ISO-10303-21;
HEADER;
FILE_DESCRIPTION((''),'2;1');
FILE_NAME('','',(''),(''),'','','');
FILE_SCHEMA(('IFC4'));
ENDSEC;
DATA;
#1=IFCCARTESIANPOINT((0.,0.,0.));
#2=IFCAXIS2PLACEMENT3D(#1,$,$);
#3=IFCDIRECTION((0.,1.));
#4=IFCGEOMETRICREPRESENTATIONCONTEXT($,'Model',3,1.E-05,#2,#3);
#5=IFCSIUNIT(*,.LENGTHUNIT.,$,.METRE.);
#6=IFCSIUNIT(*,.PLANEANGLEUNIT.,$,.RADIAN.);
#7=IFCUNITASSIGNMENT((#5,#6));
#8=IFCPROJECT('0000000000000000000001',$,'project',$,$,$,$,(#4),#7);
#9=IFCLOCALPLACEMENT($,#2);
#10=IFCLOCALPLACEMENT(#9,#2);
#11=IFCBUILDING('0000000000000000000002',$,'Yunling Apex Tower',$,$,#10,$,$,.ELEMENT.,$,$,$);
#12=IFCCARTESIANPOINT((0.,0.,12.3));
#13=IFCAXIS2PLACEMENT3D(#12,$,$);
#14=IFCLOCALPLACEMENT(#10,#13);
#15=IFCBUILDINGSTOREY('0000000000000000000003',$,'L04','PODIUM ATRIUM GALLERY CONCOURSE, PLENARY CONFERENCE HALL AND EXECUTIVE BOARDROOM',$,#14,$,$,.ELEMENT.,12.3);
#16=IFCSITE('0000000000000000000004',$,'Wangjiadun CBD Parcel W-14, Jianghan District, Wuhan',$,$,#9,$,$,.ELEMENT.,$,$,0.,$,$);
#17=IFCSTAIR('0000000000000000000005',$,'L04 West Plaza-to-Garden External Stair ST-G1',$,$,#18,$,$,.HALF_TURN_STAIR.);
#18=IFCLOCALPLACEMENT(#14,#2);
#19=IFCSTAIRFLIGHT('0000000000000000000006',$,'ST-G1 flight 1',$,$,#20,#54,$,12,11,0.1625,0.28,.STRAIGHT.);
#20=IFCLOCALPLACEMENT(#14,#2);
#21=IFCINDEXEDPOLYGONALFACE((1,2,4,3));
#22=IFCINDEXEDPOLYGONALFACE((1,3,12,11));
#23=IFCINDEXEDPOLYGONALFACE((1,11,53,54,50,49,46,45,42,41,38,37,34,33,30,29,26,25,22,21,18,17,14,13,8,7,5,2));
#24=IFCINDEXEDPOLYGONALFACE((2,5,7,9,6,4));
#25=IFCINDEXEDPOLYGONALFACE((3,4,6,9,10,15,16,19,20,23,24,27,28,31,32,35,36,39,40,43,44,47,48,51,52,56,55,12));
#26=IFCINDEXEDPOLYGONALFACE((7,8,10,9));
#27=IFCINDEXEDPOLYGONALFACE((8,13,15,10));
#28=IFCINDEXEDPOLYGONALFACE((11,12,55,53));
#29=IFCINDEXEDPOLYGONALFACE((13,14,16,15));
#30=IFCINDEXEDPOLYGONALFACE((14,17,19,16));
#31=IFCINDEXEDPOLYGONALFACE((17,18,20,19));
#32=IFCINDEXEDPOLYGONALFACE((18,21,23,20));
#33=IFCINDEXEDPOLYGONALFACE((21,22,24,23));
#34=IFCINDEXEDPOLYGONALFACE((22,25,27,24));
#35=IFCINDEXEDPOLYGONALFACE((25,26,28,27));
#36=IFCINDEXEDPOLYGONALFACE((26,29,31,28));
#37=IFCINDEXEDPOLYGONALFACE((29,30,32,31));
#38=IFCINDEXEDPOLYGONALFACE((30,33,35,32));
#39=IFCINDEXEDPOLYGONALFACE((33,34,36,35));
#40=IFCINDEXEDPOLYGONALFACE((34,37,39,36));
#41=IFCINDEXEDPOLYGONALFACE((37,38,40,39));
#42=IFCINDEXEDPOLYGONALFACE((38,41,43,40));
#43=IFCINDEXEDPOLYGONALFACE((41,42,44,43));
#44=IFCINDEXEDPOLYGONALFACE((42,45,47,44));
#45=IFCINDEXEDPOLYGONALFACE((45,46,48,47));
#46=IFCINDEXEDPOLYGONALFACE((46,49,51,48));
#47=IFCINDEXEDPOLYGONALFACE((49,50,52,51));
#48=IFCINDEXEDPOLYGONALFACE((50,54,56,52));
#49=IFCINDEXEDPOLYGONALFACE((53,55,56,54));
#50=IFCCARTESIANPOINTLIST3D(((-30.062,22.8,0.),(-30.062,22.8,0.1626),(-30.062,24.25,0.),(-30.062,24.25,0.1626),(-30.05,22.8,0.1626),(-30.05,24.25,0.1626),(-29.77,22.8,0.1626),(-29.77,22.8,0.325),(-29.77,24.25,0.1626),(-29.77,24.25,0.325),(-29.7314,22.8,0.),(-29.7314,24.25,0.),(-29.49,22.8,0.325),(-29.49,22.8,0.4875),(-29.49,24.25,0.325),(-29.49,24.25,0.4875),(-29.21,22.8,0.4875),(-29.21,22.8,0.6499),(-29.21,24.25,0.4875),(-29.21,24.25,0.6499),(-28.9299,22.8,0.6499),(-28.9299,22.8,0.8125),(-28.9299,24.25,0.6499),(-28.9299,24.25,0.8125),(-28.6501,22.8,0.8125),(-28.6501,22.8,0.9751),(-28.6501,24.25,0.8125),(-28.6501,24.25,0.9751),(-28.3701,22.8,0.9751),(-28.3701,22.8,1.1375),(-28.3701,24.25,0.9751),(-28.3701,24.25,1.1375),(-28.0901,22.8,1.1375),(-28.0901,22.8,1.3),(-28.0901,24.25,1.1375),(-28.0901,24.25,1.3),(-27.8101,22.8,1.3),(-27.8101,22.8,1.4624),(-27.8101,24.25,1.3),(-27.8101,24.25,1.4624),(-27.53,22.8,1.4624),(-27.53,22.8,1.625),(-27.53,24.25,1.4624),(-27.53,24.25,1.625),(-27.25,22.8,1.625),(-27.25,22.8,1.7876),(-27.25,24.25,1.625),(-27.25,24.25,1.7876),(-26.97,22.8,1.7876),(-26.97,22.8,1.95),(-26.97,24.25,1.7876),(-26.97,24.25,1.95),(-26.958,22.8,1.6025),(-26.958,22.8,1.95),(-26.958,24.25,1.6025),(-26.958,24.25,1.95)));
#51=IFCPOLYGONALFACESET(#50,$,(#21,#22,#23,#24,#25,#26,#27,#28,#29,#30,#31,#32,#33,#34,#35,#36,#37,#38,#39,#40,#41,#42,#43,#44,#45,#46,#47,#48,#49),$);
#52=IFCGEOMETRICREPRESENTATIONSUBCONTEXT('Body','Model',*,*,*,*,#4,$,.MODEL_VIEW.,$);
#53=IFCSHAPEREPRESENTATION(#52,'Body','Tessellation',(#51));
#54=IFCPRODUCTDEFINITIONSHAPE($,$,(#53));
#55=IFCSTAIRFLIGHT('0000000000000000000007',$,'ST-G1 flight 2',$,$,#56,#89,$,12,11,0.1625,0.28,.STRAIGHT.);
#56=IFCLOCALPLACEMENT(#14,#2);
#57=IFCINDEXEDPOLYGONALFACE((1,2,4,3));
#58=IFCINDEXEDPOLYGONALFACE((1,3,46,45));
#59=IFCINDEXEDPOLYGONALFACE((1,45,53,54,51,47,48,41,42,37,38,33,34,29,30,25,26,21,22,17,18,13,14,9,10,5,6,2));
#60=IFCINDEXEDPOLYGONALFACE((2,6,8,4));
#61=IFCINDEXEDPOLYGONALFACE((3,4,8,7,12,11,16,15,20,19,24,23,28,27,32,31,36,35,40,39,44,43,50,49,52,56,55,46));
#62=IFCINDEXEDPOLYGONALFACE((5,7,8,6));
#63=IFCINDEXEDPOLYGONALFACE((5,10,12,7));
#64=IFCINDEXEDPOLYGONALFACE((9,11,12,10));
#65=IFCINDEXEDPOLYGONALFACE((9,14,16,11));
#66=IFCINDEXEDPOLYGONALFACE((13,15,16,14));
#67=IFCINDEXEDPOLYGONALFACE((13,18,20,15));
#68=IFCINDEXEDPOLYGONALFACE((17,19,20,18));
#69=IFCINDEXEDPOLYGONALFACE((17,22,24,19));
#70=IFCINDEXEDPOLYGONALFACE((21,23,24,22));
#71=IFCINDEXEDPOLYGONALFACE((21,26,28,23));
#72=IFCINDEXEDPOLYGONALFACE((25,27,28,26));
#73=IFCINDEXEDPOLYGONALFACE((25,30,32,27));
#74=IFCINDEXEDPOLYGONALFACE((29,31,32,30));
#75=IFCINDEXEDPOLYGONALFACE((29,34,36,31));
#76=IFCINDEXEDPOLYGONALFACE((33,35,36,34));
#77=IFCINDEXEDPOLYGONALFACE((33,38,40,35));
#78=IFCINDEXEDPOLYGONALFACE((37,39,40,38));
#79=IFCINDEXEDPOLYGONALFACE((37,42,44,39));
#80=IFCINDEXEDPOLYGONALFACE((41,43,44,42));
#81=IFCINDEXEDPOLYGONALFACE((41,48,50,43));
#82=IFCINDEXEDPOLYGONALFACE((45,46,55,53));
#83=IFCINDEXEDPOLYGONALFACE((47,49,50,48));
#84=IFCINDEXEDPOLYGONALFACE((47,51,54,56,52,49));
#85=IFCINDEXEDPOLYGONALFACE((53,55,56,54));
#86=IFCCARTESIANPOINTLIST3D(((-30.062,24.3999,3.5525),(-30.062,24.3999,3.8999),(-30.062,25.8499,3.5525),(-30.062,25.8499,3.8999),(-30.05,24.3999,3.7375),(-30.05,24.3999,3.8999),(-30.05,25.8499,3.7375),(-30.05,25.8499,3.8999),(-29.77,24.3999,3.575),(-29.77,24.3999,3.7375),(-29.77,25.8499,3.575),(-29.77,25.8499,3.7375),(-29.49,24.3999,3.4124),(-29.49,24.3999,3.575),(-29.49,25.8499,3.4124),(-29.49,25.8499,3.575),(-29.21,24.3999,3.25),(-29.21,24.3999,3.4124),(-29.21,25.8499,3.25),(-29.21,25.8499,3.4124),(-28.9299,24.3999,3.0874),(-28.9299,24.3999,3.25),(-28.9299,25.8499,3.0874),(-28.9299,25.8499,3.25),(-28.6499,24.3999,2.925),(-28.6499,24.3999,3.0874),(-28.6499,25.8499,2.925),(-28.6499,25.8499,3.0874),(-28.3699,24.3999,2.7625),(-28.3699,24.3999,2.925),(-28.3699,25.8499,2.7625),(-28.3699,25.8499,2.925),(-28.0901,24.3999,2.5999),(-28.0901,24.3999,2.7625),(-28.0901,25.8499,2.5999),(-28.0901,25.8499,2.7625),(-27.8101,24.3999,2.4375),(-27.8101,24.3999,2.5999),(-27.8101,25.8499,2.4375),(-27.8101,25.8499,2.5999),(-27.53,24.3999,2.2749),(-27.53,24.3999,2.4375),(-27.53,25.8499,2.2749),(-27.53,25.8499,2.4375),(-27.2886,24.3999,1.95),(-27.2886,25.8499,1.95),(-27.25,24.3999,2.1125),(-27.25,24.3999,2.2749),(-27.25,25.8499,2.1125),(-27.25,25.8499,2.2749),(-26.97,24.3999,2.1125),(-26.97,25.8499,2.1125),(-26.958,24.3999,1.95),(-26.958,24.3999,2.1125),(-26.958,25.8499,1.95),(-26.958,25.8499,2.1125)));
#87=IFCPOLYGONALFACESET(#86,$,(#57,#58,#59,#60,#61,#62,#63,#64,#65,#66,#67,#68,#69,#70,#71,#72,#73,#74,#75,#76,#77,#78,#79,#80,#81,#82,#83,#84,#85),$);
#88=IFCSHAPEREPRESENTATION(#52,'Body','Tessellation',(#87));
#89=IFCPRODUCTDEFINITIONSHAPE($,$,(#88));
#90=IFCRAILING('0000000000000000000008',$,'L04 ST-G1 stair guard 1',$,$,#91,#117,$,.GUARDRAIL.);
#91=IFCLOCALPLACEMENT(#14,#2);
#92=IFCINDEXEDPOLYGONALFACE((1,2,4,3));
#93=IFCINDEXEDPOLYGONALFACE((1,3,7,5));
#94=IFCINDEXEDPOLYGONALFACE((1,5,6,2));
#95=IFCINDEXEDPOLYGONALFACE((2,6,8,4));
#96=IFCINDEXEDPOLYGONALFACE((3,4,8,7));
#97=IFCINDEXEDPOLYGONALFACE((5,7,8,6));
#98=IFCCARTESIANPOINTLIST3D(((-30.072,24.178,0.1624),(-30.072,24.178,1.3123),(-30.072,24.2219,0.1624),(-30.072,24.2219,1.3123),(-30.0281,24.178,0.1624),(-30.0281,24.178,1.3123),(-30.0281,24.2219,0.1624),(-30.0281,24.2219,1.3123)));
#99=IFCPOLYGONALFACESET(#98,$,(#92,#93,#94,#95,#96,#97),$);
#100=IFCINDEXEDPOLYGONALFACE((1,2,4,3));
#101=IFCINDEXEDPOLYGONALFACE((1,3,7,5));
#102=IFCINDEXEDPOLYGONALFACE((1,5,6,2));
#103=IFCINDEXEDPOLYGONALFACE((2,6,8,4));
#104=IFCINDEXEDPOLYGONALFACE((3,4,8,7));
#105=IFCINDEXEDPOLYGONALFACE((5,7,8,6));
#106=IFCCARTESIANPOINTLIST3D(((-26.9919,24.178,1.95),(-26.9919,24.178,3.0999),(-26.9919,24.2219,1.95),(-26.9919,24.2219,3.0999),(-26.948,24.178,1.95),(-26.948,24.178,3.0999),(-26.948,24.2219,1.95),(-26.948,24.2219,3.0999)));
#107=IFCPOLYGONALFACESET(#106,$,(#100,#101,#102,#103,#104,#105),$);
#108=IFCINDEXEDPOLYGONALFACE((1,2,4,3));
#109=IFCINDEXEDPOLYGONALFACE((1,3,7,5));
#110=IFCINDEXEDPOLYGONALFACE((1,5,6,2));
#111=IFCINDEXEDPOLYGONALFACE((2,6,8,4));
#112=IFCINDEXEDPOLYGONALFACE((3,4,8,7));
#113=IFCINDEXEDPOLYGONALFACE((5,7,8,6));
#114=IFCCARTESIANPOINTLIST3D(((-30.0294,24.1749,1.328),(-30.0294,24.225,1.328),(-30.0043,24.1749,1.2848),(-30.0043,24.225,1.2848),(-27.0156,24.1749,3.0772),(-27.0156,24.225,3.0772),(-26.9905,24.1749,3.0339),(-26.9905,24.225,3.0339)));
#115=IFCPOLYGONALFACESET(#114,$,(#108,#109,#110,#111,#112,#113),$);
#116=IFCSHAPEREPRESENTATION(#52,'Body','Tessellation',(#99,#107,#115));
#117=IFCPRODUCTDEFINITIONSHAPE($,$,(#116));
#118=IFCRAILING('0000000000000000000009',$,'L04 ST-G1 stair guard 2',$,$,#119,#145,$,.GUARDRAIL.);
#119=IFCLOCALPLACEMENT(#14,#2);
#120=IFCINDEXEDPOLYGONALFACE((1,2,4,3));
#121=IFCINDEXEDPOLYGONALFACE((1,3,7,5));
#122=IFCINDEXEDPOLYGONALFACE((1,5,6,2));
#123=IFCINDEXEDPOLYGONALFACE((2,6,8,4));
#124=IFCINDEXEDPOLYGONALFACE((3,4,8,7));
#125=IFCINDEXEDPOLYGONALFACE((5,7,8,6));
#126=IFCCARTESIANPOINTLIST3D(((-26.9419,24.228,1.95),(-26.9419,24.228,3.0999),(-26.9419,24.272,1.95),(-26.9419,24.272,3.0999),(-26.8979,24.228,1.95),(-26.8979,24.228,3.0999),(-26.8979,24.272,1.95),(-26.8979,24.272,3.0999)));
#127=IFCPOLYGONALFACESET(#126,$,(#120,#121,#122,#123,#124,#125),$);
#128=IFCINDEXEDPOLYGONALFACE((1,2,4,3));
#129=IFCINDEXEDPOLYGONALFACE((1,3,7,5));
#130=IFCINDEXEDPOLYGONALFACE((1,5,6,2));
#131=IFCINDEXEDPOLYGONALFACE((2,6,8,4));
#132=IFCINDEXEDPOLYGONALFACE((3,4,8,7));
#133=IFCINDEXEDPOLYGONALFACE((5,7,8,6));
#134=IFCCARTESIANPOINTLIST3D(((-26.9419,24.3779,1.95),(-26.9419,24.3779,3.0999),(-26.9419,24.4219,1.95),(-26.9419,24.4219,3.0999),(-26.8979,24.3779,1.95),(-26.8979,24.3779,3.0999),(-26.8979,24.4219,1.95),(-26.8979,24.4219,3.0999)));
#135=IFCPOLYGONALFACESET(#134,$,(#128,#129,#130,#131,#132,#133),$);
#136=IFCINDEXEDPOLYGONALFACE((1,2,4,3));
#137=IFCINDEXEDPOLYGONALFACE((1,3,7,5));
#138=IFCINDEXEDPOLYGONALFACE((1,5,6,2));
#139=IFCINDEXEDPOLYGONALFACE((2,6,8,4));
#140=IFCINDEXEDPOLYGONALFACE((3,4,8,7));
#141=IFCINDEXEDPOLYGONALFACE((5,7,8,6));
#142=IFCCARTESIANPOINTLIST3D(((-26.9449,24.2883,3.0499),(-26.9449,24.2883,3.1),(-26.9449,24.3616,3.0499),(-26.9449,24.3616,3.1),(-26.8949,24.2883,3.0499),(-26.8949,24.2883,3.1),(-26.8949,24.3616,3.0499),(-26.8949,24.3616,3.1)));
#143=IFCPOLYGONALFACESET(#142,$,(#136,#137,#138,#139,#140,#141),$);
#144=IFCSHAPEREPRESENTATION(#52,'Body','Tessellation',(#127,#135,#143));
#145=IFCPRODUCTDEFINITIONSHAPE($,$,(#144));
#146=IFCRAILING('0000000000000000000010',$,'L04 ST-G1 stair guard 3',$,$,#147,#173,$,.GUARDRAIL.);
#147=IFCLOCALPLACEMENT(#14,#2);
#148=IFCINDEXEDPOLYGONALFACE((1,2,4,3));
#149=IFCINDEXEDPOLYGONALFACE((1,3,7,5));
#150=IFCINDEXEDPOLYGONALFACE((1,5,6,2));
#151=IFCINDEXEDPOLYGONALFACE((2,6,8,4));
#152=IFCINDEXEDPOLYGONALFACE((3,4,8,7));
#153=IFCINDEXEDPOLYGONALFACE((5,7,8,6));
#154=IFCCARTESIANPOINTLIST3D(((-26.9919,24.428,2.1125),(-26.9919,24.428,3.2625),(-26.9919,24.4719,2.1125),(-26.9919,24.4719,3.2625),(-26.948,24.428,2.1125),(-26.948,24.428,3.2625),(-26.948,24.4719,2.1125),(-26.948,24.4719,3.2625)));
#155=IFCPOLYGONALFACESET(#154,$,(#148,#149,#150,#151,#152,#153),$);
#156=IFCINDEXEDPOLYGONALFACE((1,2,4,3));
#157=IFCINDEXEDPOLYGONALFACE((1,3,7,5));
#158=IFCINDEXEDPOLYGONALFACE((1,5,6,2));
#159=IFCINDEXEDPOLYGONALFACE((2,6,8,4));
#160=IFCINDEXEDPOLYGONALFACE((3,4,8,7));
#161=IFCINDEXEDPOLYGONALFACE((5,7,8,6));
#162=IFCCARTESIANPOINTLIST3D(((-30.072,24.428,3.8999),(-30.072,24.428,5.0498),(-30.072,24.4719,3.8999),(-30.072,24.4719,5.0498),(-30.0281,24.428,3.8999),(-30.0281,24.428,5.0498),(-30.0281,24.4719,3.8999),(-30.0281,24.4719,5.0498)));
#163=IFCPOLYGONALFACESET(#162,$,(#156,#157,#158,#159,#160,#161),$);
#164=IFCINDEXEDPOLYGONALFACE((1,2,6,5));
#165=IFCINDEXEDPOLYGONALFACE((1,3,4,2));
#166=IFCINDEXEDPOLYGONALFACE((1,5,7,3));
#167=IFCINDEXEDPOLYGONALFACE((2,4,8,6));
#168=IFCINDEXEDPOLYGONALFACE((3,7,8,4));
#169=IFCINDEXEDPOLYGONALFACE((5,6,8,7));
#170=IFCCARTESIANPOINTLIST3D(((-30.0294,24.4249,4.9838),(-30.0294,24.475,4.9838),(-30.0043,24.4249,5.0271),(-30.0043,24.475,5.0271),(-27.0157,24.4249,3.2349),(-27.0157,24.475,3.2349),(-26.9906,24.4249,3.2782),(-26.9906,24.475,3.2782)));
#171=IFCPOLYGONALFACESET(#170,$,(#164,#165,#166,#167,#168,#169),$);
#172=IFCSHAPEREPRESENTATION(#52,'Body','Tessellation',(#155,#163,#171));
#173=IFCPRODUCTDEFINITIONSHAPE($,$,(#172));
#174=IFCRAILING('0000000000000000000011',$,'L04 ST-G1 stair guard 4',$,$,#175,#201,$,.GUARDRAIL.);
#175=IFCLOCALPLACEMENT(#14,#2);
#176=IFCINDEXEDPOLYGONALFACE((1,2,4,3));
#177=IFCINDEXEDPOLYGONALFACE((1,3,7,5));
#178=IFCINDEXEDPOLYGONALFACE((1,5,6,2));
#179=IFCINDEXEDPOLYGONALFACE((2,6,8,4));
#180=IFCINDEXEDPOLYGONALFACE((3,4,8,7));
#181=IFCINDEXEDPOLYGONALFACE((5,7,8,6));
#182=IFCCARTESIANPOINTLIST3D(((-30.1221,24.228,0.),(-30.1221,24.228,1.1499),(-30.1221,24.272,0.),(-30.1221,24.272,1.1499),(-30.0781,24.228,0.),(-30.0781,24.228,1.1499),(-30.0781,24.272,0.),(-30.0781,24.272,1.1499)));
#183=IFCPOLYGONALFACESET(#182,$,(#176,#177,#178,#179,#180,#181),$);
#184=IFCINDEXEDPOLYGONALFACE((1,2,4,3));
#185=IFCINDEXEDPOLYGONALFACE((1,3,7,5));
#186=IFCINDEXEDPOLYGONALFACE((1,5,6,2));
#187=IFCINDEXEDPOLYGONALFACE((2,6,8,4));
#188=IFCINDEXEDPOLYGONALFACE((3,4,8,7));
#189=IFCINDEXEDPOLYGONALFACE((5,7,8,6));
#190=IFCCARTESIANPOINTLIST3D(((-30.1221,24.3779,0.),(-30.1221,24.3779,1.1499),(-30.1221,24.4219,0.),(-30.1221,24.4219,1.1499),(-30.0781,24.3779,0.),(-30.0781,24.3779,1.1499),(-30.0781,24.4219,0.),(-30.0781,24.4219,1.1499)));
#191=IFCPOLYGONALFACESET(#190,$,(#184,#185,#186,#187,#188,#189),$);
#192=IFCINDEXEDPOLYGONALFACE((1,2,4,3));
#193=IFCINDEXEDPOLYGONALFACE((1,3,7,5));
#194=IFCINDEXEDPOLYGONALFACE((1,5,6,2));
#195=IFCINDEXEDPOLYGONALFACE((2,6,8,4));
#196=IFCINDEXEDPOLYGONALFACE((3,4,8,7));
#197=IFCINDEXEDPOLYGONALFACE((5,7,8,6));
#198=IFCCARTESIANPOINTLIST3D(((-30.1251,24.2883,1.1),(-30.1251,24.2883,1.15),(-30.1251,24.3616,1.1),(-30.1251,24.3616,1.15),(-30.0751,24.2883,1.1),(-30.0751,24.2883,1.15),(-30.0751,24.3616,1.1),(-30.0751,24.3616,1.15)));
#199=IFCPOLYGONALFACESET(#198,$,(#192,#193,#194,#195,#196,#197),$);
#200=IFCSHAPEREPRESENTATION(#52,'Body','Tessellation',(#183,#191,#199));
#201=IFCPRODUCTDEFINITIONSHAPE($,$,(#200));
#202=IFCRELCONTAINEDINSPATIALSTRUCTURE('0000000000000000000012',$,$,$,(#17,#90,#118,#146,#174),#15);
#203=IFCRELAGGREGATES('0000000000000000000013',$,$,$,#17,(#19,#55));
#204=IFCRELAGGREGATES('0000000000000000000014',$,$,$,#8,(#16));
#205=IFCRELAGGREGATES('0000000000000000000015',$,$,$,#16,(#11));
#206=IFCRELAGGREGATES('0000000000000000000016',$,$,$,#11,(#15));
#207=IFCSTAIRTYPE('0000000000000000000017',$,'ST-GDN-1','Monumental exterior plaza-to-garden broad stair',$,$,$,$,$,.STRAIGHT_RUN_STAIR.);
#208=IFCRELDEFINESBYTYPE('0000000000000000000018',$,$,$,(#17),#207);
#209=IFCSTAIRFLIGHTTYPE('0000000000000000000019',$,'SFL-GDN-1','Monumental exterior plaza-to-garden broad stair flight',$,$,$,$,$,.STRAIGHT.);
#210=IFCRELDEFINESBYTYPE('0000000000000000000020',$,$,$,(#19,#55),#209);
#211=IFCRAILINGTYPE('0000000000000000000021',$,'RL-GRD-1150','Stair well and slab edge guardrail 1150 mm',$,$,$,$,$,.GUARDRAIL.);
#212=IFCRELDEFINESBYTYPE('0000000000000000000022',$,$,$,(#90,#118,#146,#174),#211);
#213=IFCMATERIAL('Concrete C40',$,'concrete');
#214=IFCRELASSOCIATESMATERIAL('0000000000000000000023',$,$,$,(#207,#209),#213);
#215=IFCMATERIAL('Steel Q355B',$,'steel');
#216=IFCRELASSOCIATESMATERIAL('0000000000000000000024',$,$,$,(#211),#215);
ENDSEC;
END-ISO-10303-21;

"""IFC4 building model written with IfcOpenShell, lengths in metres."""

from ifc_helpers import new_model, si_unit, direction, frame, origin, origin_2d, place, context, subcontext, project, spatial, polyline, rectangle, outline, extrude, material, type_object, element, aggregate, save


model = new_model("IFC4")

# Units and contexts
model_context = context("Model", 3, precision=1e-05, world=origin(), true_north=direction((0.0, 1.0)))
body_context = subcontext(model_context, "Body", "Model", "MODEL_VIEW")
ifc_project = project(units=[si_unit("LENGTHUNIT", "METRE"), si_unit("PLANEANGLEUNIT", "RADIAN")], contexts=[model_context])

# Site, building, storey
site_placement = place(None, origin())
site = spatial("IfcSite", under=ifc_project, at=site_placement, Name="Wangjiadun CBD Parcel W-14, Jianghan District, Wuhan", CompositionType="ELEMENT", RefElevation=0.0)
building_placement = place(site_placement, origin())
building = spatial("IfcBuilding", under=site, at=building_placement, Name="Yunling Apex Tower", CompositionType="ELEMENT")
storey_placement = place(building_placement, frame((0.0, 0.0, 12.3)))
storey = spatial("IfcBuildingStorey", under=building, at=storey_placement, Name="L04", Description="PODIUM ATRIUM GALLERY CONCOURSE, PLENARY CONFERENCE HALL AND EXECUTIVE BOARDROOM", CompositionType="ELEMENT", Elevation=12.3)

# Shared definitions
ifc_material_1 = material(Name="Steel Q355B", Category="steel")

# Shared definitions
ifc_material_2 = material(Name="Concrete C40", Category="concrete")

# Stair, stair flights
stair_type = type_object("IfcStairType", Name="ST-GDN-1", Description="Monumental exterior plaza-to-garden broad stair", PredefinedType="STRAIGHT_RUN_STAIR", material=ifc_material_2)
stair_placement = place(storey_placement, origin())
stair = element("IfcStair", 1, at=stair_placement, inside=storey, type_object=stair_type, Name="L04 West Plaza-to-Garden External Stair ST-G1", PredefinedType="HALF_TURN_STAIR")
stair_flight_type = type_object("IfcStairFlightType", Name="SFL-GDN-1", Description="Monumental exterior plaza-to-garden broad stair flight", PredefinedType="STRAIGHT", material=ifc_material_2)
stair_flight_1_placement = place(storey_placement, frame((-30.05, 23.5249, 0.0), z_axis=(0.0, 0.0, 1.0), x_axis=(1.0, 0.0, 0.0)))
stair_flight_1 = element("IfcStairFlight", 2, at=stair_flight_1_placement, type_object=stair_flight_type, Name="ST-G1 flight 1", NumberOfRisers=12, NumberOfTreads=11, PredefinedType="STRAIGHT", RiserHeight=0.1625, TreadLength=0.28, context=body_context, shape_type="SweptSolid", body=[
    extrude(outline(polyline([(-0.012, 0.0), (-0.012, 0.1626), (0.0, 0.1626), (0.28, 0.1626), (0.28, 0.325), (0.5601, 0.325), (0.5601, 0.4875), (0.8401, 0.4875), (0.8401, 0.6499), (1.1201, 0.6499), (1.1201, 0.8125), (1.3999, 0.8125), (1.3999, 0.9751), (1.6799, 0.9751), (1.6799, 1.1375), (1.96, 1.1375), (1.96, 1.3), (2.24, 1.3), (2.24, 1.4624), (2.52, 1.4624), (2.52, 1.625), (2.8, 1.625), (2.8, 1.7876), (3.0801, 1.7876), (3.0801, 1.95), (3.092, 1.95), (3.092, 1.6025), (0.3186, 0.0), (-0.012, 0.0)])), frame((0.0, 0.7251, 0.0), z_axis=(0.0, -1.0, 0.0), x_axis=(1.0, 0.0, 0.0)), (0.0, 0.0, 1.0), 1.45),
])
stair_flight_2_placement = place(storey_placement, frame((-26.97, 25.125, 1.95), z_axis=(0.0, 0.0, 1.0), x_axis=(-1.0, 0.0, 0.0)))
stair_flight_2 = element("IfcStairFlight", 3, at=stair_flight_2_placement, type_object=stair_flight_type, Name="ST-G1 flight 2", NumberOfRisers=12, NumberOfTreads=11, PredefinedType="STRAIGHT", RiserHeight=0.1625, TreadLength=0.28, context=body_context, shape_type="SweptSolid", body=[
    extrude(outline(polyline([(-0.012, 0.0), (-0.012, 0.1626), (0.0, 0.1626), (0.28, 0.1626), (0.28, 0.325), (0.5601, 0.325), (0.5601, 0.4875), (0.8401, 0.4875), (0.8401, 0.6499), (1.1201, 0.6499), (1.1201, 0.8125), (1.3999, 0.8125), (1.3999, 0.9751), (1.6799, 0.9751), (1.6799, 1.1375), (1.96, 1.1375), (1.96, 1.3), (2.24, 1.3), (2.24, 1.4624), (2.52, 1.4624), (2.52, 1.625), (2.8, 1.625), (2.8, 1.7876), (3.0801, 1.7876), (3.0801, 1.95), (3.092, 1.95), (3.092, 1.6025), (0.3186, 0.0), (-0.012, 0.0)])), frame((0.0, 0.7251, 0.0), z_axis=(0.0, -1.0, 0.0), x_axis=(1.0, 0.0, 0.0)), (0.0, 0.0, 1.0), 1.45),
])
aggregate(stair, [stair_flight_1, stair_flight_2])

# Railings
railing_type_1 = type_object("IfcRailingType", Name="RL-GRD-1150", Description="Stair well and slab edge guardrail 1150 mm", PredefinedType="GUARDRAIL", material=ifc_material_1)
railing_1_placement = place(storey_placement, frame((-30.05, 24.2, 0.1624)))
element("IfcRailing", 4, at=railing_1_placement, inside=storey, type_object=railing_type_1, Name="L04 ST-G1 stair guard 1", PredefinedType="GUARDRAIL", context=body_context, shape_type="SweptSolid", body=[
    extrude(rectangle(XDim=0.0439, YDim=0.0439, at=origin_2d()), origin(), (0.0, 0.0, 1.0), 1.1499),
    extrude(rectangle(XDim=0.0439, YDim=0.0439, at=origin_2d()), frame((3.0801, 0.0, 1.7876)), (0.0, 0.0, 1.0), 1.1499),
    extrude(rectangle(XDim=0.05, YDim=0.05, at=origin_2d()), frame((0.0332, 0.0, 1.144), z_axis=(0.864891, 0.0, 0.50196), x_axis=(0.0, 1.0, 0.0)), (0.0, 0.0, 1.0), 3.4846),
])
railing_2_placement = place(storey_placement, frame((-26.9199, 24.25, 1.95)))
element("IfcRailing", 5, at=railing_2_placement, inside=storey, type_object=railing_type_1, Name="L04 ST-G1 stair guard 2", PredefinedType="GUARDRAIL", context=body_context, shape_type="SweptSolid", body=[
    extrude(rectangle(XDim=0.0439, YDim=0.0439, at=origin_2d()), origin(), (0.0, 0.0, 1.0), 1.1499),
    extrude(rectangle(XDim=0.0439, YDim=0.0439, at=origin_2d()), frame((0.0, 0.1499, 0.0)), (0.0, 0.0, 1.0), 1.1499),
    extrude(rectangle(XDim=0.05, YDim=0.05, at=origin_2d()), frame((0.0, 0.0383, 1.125), z_axis=(0.0, 1.0, 0.0), x_axis=(-1.0, 0.0, 0.0)), (0.0, 0.0, 1.0), 0.0732),
])
railing_3_placement = place(storey_placement, frame((-26.97, 24.45, 2.1125)))
element("IfcRailing", 6, at=railing_3_placement, inside=storey, type_object=railing_type_1, Name="L04 ST-G1 stair guard 3", PredefinedType="GUARDRAIL", context=body_context, shape_type="SweptSolid", body=[
    extrude(rectangle(XDim=0.0439, YDim=0.0439, at=origin_2d()), origin(), (0.0, 0.0, 1.0), 1.1499),
    extrude(rectangle(XDim=0.0439, YDim=0.0439, at=origin_2d()), frame((-3.0801, 0.0, 1.7874)), (0.0, 0.0, 1.0), 1.1499),
    extrude(rectangle(XDim=0.05, YDim=0.05, at=origin_2d()), frame((-0.0332, 0.0, 1.144), z_axis=(-0.86492, 0.0, 0.501909), x_axis=(0.0, -1.0, 0.0)), (0.0, 0.0, 1.0), 3.4844),
])
railing_4_placement = place(storey_placement, frame((-30.1001, 24.25, 0.0)))
element("IfcRailing", 7, at=railing_4_placement, inside=storey, type_object=railing_type_1, Name="L04 ST-G1 stair guard 4", PredefinedType="GUARDRAIL", context=body_context, shape_type="SweptSolid", body=[
    extrude(rectangle(XDim=0.0439, YDim=0.0439, at=origin_2d()), origin(), (0.0, 0.0, 1.0), 1.1499),
    extrude(rectangle(XDim=0.0439, YDim=0.0439, at=origin_2d()), frame((0.0, 0.1499, 0.0)), (0.0, 0.0, 1.0), 1.1499),
    extrude(rectangle(XDim=0.05, YDim=0.05, at=origin_2d()), frame((0.0, 0.0383, 1.125), z_axis=(0.0, 1.0, 0.0), x_axis=(-1.0, 0.0, 0.0)), (0.0, 0.0, 1.0), 0.0732),
])

save(model, "model.ifc")
